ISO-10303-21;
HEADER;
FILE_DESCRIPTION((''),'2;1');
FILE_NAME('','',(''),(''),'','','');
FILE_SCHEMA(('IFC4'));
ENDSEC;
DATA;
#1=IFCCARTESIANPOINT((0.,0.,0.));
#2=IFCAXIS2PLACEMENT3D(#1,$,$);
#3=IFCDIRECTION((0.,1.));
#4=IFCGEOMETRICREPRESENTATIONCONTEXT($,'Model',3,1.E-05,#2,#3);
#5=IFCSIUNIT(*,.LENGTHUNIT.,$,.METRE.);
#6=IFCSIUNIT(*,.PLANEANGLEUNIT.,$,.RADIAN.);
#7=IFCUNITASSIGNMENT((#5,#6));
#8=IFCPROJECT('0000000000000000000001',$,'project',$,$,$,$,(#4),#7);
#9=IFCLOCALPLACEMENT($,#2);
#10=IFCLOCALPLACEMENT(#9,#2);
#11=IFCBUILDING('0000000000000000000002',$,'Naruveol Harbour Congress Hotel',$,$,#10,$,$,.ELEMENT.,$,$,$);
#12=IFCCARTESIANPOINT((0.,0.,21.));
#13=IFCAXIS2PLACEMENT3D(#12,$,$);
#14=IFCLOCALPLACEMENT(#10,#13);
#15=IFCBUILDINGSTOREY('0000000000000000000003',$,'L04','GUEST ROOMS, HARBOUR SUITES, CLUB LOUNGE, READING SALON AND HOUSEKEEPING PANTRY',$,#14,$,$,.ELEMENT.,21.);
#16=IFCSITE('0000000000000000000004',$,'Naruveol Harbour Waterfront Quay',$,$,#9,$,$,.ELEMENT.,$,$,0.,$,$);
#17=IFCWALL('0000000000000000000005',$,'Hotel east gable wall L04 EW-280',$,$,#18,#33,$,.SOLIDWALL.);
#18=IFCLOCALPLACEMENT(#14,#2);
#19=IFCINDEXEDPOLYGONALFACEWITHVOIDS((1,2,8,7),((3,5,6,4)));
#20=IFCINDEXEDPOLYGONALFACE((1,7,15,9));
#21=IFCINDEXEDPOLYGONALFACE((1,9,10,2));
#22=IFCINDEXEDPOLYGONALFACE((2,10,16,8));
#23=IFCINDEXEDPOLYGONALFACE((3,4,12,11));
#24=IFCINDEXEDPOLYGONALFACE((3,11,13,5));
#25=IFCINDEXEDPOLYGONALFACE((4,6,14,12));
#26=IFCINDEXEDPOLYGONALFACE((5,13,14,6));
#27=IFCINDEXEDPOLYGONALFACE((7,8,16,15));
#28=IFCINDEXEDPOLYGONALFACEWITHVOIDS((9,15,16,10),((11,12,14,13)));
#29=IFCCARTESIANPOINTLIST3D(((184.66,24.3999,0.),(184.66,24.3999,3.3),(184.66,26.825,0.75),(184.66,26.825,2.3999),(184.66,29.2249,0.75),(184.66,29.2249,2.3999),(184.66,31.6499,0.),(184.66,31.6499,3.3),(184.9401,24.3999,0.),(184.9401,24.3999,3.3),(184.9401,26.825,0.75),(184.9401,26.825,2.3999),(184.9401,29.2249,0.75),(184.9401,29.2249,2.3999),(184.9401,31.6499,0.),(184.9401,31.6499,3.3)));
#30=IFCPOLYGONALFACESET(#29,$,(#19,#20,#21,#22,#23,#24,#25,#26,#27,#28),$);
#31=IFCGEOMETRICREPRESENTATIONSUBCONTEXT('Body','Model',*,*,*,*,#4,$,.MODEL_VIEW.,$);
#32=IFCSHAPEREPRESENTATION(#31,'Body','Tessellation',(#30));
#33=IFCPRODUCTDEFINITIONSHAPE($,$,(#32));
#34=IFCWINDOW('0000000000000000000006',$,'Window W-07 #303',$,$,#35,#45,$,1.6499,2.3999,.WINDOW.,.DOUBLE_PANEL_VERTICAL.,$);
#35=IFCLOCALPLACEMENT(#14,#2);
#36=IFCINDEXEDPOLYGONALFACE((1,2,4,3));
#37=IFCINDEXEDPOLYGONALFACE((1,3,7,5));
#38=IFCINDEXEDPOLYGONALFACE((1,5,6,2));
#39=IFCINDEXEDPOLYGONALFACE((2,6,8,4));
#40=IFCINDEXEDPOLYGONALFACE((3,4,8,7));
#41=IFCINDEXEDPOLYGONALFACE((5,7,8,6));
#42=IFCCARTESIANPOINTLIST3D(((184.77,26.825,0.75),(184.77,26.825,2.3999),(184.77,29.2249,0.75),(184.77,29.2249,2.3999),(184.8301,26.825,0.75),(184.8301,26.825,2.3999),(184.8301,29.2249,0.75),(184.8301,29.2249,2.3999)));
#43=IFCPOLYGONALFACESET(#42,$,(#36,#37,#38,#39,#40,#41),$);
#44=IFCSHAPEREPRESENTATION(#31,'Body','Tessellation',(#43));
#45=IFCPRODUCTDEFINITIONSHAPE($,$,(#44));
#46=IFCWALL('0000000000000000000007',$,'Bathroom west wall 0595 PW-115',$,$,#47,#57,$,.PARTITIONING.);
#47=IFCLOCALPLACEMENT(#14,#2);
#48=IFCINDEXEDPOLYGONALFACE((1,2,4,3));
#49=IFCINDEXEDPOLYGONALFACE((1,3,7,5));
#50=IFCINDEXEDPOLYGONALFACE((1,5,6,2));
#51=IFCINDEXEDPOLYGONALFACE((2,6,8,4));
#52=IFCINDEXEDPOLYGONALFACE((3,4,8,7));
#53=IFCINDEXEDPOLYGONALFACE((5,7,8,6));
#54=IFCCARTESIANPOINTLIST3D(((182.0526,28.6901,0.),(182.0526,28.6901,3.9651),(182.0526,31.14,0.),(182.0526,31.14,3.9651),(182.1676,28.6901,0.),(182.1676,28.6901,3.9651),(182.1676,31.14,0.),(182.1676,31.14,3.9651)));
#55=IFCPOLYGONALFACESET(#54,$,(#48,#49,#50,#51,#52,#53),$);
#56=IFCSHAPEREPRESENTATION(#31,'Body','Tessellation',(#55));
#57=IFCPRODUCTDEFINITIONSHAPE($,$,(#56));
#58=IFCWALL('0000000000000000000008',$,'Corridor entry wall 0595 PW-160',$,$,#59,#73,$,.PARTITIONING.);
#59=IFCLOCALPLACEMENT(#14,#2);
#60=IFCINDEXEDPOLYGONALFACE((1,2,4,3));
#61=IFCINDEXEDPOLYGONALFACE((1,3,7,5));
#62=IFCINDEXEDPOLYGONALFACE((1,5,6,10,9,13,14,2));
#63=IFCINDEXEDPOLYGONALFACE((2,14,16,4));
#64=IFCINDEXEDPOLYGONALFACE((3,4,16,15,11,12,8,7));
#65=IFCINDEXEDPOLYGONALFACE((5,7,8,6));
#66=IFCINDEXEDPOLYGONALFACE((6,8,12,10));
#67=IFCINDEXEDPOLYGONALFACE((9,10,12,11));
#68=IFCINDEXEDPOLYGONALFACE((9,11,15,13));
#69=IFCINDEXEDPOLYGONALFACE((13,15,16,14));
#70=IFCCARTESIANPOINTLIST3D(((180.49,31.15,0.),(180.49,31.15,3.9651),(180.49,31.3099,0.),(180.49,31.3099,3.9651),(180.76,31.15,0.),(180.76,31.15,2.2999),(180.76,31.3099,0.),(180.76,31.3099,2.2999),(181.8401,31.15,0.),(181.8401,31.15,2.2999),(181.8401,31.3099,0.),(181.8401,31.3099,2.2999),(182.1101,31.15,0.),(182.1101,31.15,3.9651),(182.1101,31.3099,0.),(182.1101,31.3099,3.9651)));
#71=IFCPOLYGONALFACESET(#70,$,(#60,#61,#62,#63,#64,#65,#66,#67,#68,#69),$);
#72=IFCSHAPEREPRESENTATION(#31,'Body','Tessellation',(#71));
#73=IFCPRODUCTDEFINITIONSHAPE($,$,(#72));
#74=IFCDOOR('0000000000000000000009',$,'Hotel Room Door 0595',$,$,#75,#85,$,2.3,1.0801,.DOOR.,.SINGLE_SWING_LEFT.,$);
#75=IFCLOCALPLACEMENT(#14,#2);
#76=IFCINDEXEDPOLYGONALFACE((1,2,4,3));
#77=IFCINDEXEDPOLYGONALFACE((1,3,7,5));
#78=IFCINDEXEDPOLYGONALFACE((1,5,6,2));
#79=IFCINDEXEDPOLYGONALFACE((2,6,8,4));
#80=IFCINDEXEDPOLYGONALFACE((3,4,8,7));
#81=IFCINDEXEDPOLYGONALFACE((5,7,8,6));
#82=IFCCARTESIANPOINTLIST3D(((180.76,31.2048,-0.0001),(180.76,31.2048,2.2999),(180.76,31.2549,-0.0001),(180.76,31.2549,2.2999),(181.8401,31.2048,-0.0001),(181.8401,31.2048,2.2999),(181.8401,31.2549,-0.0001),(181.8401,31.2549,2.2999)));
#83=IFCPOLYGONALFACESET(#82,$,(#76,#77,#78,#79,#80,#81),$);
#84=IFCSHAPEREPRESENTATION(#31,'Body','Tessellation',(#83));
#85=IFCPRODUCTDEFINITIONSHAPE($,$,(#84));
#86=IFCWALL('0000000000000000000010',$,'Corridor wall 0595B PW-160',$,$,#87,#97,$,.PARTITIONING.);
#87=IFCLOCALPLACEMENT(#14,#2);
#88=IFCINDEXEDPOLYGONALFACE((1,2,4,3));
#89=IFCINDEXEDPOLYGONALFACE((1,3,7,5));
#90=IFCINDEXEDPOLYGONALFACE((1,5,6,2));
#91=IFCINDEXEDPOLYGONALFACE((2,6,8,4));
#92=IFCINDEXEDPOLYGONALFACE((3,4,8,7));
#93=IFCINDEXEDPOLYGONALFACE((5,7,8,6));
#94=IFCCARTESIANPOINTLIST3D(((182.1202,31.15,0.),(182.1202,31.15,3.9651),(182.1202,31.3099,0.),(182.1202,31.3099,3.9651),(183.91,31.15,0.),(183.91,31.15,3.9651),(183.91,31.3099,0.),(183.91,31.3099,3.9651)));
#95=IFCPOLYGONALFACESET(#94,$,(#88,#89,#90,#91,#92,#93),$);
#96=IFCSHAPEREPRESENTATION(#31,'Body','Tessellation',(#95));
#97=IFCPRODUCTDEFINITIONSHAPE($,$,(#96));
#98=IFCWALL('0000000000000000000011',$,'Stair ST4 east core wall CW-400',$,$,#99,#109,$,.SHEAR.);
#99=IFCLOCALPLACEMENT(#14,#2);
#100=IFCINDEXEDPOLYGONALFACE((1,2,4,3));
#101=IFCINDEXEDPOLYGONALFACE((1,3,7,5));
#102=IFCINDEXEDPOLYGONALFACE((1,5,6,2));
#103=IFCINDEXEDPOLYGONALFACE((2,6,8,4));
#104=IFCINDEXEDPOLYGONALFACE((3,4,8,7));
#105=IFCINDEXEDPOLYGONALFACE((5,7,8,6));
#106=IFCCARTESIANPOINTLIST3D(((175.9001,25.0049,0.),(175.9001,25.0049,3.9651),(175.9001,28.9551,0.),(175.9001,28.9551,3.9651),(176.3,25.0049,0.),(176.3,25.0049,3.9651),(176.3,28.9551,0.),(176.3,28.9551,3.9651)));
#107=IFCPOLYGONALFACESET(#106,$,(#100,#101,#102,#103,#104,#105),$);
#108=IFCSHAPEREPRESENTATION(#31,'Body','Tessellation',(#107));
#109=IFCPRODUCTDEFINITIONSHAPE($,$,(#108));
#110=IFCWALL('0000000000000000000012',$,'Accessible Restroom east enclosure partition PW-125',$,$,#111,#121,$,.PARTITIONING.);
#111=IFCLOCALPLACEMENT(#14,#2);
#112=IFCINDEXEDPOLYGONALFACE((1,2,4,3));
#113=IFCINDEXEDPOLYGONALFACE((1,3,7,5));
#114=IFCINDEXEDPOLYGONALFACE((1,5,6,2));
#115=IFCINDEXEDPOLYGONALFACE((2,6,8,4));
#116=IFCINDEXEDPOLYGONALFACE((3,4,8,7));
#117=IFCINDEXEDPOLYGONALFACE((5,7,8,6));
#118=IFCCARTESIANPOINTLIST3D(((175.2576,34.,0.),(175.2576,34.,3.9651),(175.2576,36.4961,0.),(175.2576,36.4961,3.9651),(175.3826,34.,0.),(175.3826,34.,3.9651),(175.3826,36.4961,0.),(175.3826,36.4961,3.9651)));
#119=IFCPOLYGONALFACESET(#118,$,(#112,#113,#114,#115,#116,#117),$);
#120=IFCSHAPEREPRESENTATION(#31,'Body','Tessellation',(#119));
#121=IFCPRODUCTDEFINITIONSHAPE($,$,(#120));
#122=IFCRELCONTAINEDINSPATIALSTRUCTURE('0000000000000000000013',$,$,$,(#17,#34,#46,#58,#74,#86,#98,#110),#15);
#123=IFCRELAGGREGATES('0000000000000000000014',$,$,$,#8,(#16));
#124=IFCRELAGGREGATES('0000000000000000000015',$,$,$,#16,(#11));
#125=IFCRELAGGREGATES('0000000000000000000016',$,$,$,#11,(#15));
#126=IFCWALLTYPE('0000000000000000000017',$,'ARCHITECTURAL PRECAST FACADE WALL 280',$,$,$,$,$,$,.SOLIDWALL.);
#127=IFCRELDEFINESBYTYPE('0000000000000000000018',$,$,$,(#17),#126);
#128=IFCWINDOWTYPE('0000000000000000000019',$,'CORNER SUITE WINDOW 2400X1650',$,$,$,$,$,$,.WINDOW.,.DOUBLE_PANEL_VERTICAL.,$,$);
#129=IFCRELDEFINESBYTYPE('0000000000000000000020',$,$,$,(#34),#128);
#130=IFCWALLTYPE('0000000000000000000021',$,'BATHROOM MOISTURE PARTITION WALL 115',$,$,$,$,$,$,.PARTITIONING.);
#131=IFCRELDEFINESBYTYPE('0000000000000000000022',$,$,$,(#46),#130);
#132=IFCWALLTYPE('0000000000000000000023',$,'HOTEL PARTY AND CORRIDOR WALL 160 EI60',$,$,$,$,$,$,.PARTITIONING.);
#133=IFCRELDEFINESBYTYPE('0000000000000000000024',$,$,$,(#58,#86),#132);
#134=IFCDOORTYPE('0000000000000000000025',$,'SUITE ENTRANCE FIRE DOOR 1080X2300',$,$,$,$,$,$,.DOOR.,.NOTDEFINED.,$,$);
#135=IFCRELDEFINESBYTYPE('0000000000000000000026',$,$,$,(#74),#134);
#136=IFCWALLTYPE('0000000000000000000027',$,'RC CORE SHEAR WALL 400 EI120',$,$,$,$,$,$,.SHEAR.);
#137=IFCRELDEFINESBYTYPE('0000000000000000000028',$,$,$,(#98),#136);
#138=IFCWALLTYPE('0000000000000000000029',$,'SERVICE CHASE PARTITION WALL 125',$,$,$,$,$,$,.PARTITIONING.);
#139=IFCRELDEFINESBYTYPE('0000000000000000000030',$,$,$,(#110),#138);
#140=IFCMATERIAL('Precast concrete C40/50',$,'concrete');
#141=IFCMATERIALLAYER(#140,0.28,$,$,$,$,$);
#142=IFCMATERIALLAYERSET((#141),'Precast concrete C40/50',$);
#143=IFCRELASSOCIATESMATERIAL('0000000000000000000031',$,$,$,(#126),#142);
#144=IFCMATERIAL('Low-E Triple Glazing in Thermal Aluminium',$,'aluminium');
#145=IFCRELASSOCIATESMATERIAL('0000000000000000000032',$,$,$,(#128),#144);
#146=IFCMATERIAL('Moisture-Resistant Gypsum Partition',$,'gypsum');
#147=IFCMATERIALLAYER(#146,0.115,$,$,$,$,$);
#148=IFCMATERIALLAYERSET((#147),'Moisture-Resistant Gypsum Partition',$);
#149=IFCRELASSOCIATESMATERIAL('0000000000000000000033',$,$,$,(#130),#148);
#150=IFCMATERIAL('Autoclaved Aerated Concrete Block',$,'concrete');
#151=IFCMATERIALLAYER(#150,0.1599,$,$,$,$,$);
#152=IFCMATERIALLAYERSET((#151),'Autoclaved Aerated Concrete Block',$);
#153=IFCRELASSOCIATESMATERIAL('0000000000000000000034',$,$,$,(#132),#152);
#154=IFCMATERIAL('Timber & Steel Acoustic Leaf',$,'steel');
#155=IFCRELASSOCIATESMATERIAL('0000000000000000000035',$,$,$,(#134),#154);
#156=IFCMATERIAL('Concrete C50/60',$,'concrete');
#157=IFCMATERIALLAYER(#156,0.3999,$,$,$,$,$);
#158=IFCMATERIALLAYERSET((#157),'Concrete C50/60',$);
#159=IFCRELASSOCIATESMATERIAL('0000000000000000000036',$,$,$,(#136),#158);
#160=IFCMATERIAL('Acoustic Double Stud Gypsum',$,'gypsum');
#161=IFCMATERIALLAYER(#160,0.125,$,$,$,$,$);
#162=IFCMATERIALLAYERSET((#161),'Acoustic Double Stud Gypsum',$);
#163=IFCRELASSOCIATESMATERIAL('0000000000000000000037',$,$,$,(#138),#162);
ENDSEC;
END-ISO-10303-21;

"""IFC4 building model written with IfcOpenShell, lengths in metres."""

from ifc_helpers import new_model, si_unit, direction, frame, frame_2d, origin, place, context, subcontext, project, spatial, rectangle, extrude, material, layer, layer_set, type_object, element, fill, save


model = new_model("IFC4")

# Units and contexts
model_context = context("Model", 3, precision=1e-05, world=origin(), true_north=direction((0.0, 1.0)))
body_context = subcontext(model_context, "Body", "Model", "MODEL_VIEW")
ifc_project = project(units=[si_unit("LENGTHUNIT", "METRE"), si_unit("PLANEANGLEUNIT", "RADIAN")], contexts=[model_context])

# Site, building, storey
site_placement = place(None, origin())
site = spatial("IfcSite", under=ifc_project, at=site_placement, Name="Naruveol Harbour Waterfront Quay", CompositionType="ELEMENT", RefElevation=0.0)
building_placement = place(site_placement, origin())
building = spatial("IfcBuilding", under=site, at=building_placement, Name="Naruveol Harbour Congress Hotel", CompositionType="ELEMENT")
storey_placement = place(building_placement, frame((0.0, 0.0, 21.0)))
storey = spatial("IfcBuildingStorey", under=building, at=storey_placement, Name="L04", Description="GUEST ROOMS, HARBOUR SUITES, CLUB LOUNGE, READING SALON AND HOUSEKEEPING PANTRY", CompositionType="ELEMENT", Elevation=21.0)

# Wall, opening, window
ifc_material_1 = material(Name="Precast concrete C40/50", Category="concrete")
ifc_layer_1 = layer(ifc_material_1, 0.28)
ifc_layer_set_1 = layer_set([ifc_layer_1], Name="Precast concrete C40/50")
wall_type_1 = type_object("IfcWallType", Name="ARCHITECTURAL PRECAST FACADE WALL 280", PredefinedType="SOLIDWALL", material=ifc_layer_set_1)
wall_1_placement = place(storey_placement, frame((184.8, 31.6499, 0.0), z_axis=(0.0, 0.0, 1.0), x_axis=(0.0, -1.0, 0.0)))
wall_1 = element("IfcWall", 1, at=wall_1_placement, inside=storey, type_object=wall_type_1, Name="Hotel east gable wall L04 EW-280", PredefinedType="SOLIDWALL", context=body_context, shape_type="SweptSolid", body=[
    extrude(rectangle(XDim=7.25, YDim=0.28, at=frame_2d((3.625, 0.0))), origin(), (0.0, 0.0, 1.0), 3.3),
])
opening_1_placement = place(wall_1_placement, frame((2.425, 0.0, 0.75)))
opening_1 = element("IfcOpeningElement", 2, at=opening_1_placement, cuts=wall_1, PredefinedType="OPENING", context=body_context, shape_type="SweptSolid", body=[
    extrude(rectangle(XDim=2.3999, YDim=1.6499, at=frame_2d((1.2, 0.825))), frame((0.0, 0.1499, 0.0), z_axis=(0.0, -1.0, 0.0), x_axis=(1.0, 0.0, 0.0)), (0.0, 0.0, 1.0), 0.3),
])
ifc_material_2 = material(Name="Low-E Triple Glazing in Thermal Aluminium", Category="aluminium")
window_type = type_object("IfcWindowType", Name="CORNER SUITE WINDOW 2400X1650", PartitioningType="DOUBLE_PANEL_VERTICAL", PredefinedType="WINDOW", material=ifc_material_2)
window_placement = place(opening_1_placement, origin())
window = element("IfcWindow", 3, at=window_placement, inside=storey, type_object=window_type, Name="Window W-07 #303", OverallHeight=1.6499, OverallWidth=2.3999, PartitioningType="DOUBLE_PANEL_VERTICAL", PredefinedType="WINDOW", context=body_context, shape_type="SweptSolid", body=[
    extrude(rectangle(XDim=2.3999, YDim=1.6499, at=frame_2d((1.2, 0.825))), frame((0.0, 0.03, 0.0), z_axis=(0.0, -1.0, 0.0), x_axis=(1.0, 0.0, 0.0)), (0.0, 0.0, 1.0), 0.0601),
])
fill(opening_1, window)

# Wall
ifc_material_3 = material(Name="Moisture-Resistant Gypsum Partition", Category="gypsum")
ifc_layer_2 = layer(ifc_material_3, 0.115)
ifc_layer_set_2 = layer_set([ifc_layer_2], Name="Moisture-Resistant Gypsum Partition")
wall_type_2 = type_object("IfcWallType", Name="BATHROOM MOISTURE PARTITION WALL 115", PredefinedType="PARTITIONING", material=ifc_layer_set_2)
wall_2_placement = place(storey_placement, frame((182.1101, 28.6899, 0.0), z_axis=(0.0, 0.0, 1.0), x_axis=(0.0, 1.0, 0.0)))
element("IfcWall", 4, at=wall_2_placement, inside=storey, type_object=wall_type_2, Name="Bathroom west wall 0595 PW-115", PredefinedType="PARTITIONING", context=body_context, shape_type="SweptSolid", body=[
    extrude(rectangle(XDim=2.45, YDim=0.115, at=frame_2d((1.2251, 0.0))), origin(), (0.0, 0.0, 1.0), 3.9651),
])

# Wall, opening, door
ifc_material_4 = material(Name="Autoclaved Aerated Concrete Block", Category="concrete")
ifc_layer_3 = layer(ifc_material_4, 0.1599)
ifc_layer_set_3 = layer_set([ifc_layer_3], Name="Autoclaved Aerated Concrete Block")
wall_type_3 = type_object("IfcWallType", Name="HOTEL PARTY AND CORRIDOR WALL 160 EI60", PredefinedType="PARTITIONING", material=ifc_layer_set_3)
wall_3_placement = place(storey_placement, frame((180.49, 31.23, 0.0), z_axis=(0.0, 0.0, 1.0), x_axis=(1.0, 0.0, 0.0)))
wall_3 = element("IfcWall", 5, at=wall_3_placement, inside=storey, type_object=wall_type_3, Name="Corridor entry wall 0595 PW-160", PredefinedType="PARTITIONING", context=body_context, shape_type="SweptSolid", body=[
    extrude(rectangle(XDim=1.6201, YDim=0.1599, at=frame_2d((0.8101, 0.0))), origin(), (0.0, 0.0, 1.0), 3.9651),
])
opening_2_placement = place(wall_3_placement, frame((0.27, 0.0, 0.0)))
opening_2 = element("IfcOpeningElement", 6, at=opening_2_placement, cuts=wall_3, PredefinedType="OPENING", context=body_context, shape_type="SweptSolid", body=[
    extrude(rectangle(XDim=1.0801, YDim=2.3, at=frame_2d((0.54, 1.1499))), frame((0.0, 0.0898, 0.0), z_axis=(0.0, -1.0, 0.0), x_axis=(1.0, 0.0, 0.0)), (0.0, 0.0, 1.0), 0.1799),
])
ifc_material_5 = material(Name="Timber & Steel Acoustic Leaf", Category="steel")
door_type_1 = type_object("IfcDoorType", Name="SUITE ENTRANCE FIRE DOOR 1080X2300", OperationType="NOTDEFINED", PredefinedType="DOOR", material=ifc_material_5)
door_1_placement = place(opening_2_placement, origin())
door_1 = element("IfcDoor", 7, at=door_1_placement, inside=storey, type_object=door_type_1, Name="Hotel Room Door 0595", OperationType="SINGLE_SWING_LEFT", OverallHeight=2.3, OverallWidth=1.0801, PredefinedType="DOOR", context=body_context, shape_type="SweptSolid", body=[
    extrude(rectangle(XDim=1.0801, YDim=2.3, at=frame_2d((0.54, 1.1499))), frame((0.0, 0.0249, 0.0), z_axis=(0.0, -1.0, 0.0), x_axis=(1.0, 0.0, 0.0)), (0.0, 0.0, 1.0), 0.05),
])
fill(opening_2, door_1)

# Walls
wall_4_placement = place(storey_placement, frame((182.1201, 31.23, 0.0), z_axis=(0.0, 0.0, 1.0), x_axis=(1.0, 0.0, 0.0)))
element("IfcWall", 8, at=wall_4_placement, inside=storey, type_object=wall_type_3, Name="Corridor wall 0595B PW-160", PredefinedType="PARTITIONING", context=body_context, shape_type="SweptSolid", body=[
    extrude(rectangle(XDim=1.7898, YDim=0.1599, at=frame_2d((0.895, 0.0))), origin(), (0.0, 0.0, 1.0), 3.9651),
])
ifc_material_6 = material(Name="Concrete C50/60", Category="concrete")
ifc_layer_4 = layer(ifc_material_6, 0.3999)
ifc_layer_set_4 = layer_set([ifc_layer_4], Name="Concrete C50/60")
wall_type_4 = type_object("IfcWallType", Name="RC CORE SHEAR WALL 400 EI120", PredefinedType="SHEAR", material=ifc_layer_set_4)
wall_5_placement = place(storey_placement, frame((176.1001, 25.0049, 0.0), z_axis=(0.0, 0.0, 1.0), x_axis=(0.0, 1.0, 0.0)))
element("IfcWall", 9, at=wall_5_placement, inside=storey, type_object=wall_type_4, Name="Stair ST4 east core wall CW-400", PredefinedType="SHEAR", context=body_context, shape_type="SweptSolid", body=[
    extrude(rectangle(XDim=3.9502, YDim=0.3999, at=frame_2d((1.9751, 0.0))), origin(), (0.0, 0.0, 1.0), 3.9651),
])
ifc_material_7 = material(Name="Acoustic Double Stud Gypsum", Category="gypsum")
ifc_layer_5 = layer(ifc_material_7, 0.125)
ifc_layer_set_5 = layer_set([ifc_layer_5], Name="Acoustic Double Stud Gypsum")
wall_type_5 = type_object("IfcWallType", Name="SERVICE CHASE PARTITION WALL 125", PredefinedType="PARTITIONING", material=ifc_layer_set_5)
wall_6_placement = place(storey_placement, frame((175.3201, 34.0, 0.0), z_axis=(0.0, 0.0, 1.0), x_axis=(0.0, 1.0, 0.0)))
element("IfcWall", 10, at=wall_6_placement, inside=storey, type_object=wall_type_5, Name="Accessible Restroom east enclosure partition PW-125", PredefinedType="PARTITIONING", context=body_context, shape_type="SweptSolid", body=[
    extrude(rectangle(XDim=2.4961, YDim=0.125, at=frame_2d((1.248, 0.0))), origin(), (0.0, 0.0, 1.0), 3.9651),
])

save(model, "model.ifc")
